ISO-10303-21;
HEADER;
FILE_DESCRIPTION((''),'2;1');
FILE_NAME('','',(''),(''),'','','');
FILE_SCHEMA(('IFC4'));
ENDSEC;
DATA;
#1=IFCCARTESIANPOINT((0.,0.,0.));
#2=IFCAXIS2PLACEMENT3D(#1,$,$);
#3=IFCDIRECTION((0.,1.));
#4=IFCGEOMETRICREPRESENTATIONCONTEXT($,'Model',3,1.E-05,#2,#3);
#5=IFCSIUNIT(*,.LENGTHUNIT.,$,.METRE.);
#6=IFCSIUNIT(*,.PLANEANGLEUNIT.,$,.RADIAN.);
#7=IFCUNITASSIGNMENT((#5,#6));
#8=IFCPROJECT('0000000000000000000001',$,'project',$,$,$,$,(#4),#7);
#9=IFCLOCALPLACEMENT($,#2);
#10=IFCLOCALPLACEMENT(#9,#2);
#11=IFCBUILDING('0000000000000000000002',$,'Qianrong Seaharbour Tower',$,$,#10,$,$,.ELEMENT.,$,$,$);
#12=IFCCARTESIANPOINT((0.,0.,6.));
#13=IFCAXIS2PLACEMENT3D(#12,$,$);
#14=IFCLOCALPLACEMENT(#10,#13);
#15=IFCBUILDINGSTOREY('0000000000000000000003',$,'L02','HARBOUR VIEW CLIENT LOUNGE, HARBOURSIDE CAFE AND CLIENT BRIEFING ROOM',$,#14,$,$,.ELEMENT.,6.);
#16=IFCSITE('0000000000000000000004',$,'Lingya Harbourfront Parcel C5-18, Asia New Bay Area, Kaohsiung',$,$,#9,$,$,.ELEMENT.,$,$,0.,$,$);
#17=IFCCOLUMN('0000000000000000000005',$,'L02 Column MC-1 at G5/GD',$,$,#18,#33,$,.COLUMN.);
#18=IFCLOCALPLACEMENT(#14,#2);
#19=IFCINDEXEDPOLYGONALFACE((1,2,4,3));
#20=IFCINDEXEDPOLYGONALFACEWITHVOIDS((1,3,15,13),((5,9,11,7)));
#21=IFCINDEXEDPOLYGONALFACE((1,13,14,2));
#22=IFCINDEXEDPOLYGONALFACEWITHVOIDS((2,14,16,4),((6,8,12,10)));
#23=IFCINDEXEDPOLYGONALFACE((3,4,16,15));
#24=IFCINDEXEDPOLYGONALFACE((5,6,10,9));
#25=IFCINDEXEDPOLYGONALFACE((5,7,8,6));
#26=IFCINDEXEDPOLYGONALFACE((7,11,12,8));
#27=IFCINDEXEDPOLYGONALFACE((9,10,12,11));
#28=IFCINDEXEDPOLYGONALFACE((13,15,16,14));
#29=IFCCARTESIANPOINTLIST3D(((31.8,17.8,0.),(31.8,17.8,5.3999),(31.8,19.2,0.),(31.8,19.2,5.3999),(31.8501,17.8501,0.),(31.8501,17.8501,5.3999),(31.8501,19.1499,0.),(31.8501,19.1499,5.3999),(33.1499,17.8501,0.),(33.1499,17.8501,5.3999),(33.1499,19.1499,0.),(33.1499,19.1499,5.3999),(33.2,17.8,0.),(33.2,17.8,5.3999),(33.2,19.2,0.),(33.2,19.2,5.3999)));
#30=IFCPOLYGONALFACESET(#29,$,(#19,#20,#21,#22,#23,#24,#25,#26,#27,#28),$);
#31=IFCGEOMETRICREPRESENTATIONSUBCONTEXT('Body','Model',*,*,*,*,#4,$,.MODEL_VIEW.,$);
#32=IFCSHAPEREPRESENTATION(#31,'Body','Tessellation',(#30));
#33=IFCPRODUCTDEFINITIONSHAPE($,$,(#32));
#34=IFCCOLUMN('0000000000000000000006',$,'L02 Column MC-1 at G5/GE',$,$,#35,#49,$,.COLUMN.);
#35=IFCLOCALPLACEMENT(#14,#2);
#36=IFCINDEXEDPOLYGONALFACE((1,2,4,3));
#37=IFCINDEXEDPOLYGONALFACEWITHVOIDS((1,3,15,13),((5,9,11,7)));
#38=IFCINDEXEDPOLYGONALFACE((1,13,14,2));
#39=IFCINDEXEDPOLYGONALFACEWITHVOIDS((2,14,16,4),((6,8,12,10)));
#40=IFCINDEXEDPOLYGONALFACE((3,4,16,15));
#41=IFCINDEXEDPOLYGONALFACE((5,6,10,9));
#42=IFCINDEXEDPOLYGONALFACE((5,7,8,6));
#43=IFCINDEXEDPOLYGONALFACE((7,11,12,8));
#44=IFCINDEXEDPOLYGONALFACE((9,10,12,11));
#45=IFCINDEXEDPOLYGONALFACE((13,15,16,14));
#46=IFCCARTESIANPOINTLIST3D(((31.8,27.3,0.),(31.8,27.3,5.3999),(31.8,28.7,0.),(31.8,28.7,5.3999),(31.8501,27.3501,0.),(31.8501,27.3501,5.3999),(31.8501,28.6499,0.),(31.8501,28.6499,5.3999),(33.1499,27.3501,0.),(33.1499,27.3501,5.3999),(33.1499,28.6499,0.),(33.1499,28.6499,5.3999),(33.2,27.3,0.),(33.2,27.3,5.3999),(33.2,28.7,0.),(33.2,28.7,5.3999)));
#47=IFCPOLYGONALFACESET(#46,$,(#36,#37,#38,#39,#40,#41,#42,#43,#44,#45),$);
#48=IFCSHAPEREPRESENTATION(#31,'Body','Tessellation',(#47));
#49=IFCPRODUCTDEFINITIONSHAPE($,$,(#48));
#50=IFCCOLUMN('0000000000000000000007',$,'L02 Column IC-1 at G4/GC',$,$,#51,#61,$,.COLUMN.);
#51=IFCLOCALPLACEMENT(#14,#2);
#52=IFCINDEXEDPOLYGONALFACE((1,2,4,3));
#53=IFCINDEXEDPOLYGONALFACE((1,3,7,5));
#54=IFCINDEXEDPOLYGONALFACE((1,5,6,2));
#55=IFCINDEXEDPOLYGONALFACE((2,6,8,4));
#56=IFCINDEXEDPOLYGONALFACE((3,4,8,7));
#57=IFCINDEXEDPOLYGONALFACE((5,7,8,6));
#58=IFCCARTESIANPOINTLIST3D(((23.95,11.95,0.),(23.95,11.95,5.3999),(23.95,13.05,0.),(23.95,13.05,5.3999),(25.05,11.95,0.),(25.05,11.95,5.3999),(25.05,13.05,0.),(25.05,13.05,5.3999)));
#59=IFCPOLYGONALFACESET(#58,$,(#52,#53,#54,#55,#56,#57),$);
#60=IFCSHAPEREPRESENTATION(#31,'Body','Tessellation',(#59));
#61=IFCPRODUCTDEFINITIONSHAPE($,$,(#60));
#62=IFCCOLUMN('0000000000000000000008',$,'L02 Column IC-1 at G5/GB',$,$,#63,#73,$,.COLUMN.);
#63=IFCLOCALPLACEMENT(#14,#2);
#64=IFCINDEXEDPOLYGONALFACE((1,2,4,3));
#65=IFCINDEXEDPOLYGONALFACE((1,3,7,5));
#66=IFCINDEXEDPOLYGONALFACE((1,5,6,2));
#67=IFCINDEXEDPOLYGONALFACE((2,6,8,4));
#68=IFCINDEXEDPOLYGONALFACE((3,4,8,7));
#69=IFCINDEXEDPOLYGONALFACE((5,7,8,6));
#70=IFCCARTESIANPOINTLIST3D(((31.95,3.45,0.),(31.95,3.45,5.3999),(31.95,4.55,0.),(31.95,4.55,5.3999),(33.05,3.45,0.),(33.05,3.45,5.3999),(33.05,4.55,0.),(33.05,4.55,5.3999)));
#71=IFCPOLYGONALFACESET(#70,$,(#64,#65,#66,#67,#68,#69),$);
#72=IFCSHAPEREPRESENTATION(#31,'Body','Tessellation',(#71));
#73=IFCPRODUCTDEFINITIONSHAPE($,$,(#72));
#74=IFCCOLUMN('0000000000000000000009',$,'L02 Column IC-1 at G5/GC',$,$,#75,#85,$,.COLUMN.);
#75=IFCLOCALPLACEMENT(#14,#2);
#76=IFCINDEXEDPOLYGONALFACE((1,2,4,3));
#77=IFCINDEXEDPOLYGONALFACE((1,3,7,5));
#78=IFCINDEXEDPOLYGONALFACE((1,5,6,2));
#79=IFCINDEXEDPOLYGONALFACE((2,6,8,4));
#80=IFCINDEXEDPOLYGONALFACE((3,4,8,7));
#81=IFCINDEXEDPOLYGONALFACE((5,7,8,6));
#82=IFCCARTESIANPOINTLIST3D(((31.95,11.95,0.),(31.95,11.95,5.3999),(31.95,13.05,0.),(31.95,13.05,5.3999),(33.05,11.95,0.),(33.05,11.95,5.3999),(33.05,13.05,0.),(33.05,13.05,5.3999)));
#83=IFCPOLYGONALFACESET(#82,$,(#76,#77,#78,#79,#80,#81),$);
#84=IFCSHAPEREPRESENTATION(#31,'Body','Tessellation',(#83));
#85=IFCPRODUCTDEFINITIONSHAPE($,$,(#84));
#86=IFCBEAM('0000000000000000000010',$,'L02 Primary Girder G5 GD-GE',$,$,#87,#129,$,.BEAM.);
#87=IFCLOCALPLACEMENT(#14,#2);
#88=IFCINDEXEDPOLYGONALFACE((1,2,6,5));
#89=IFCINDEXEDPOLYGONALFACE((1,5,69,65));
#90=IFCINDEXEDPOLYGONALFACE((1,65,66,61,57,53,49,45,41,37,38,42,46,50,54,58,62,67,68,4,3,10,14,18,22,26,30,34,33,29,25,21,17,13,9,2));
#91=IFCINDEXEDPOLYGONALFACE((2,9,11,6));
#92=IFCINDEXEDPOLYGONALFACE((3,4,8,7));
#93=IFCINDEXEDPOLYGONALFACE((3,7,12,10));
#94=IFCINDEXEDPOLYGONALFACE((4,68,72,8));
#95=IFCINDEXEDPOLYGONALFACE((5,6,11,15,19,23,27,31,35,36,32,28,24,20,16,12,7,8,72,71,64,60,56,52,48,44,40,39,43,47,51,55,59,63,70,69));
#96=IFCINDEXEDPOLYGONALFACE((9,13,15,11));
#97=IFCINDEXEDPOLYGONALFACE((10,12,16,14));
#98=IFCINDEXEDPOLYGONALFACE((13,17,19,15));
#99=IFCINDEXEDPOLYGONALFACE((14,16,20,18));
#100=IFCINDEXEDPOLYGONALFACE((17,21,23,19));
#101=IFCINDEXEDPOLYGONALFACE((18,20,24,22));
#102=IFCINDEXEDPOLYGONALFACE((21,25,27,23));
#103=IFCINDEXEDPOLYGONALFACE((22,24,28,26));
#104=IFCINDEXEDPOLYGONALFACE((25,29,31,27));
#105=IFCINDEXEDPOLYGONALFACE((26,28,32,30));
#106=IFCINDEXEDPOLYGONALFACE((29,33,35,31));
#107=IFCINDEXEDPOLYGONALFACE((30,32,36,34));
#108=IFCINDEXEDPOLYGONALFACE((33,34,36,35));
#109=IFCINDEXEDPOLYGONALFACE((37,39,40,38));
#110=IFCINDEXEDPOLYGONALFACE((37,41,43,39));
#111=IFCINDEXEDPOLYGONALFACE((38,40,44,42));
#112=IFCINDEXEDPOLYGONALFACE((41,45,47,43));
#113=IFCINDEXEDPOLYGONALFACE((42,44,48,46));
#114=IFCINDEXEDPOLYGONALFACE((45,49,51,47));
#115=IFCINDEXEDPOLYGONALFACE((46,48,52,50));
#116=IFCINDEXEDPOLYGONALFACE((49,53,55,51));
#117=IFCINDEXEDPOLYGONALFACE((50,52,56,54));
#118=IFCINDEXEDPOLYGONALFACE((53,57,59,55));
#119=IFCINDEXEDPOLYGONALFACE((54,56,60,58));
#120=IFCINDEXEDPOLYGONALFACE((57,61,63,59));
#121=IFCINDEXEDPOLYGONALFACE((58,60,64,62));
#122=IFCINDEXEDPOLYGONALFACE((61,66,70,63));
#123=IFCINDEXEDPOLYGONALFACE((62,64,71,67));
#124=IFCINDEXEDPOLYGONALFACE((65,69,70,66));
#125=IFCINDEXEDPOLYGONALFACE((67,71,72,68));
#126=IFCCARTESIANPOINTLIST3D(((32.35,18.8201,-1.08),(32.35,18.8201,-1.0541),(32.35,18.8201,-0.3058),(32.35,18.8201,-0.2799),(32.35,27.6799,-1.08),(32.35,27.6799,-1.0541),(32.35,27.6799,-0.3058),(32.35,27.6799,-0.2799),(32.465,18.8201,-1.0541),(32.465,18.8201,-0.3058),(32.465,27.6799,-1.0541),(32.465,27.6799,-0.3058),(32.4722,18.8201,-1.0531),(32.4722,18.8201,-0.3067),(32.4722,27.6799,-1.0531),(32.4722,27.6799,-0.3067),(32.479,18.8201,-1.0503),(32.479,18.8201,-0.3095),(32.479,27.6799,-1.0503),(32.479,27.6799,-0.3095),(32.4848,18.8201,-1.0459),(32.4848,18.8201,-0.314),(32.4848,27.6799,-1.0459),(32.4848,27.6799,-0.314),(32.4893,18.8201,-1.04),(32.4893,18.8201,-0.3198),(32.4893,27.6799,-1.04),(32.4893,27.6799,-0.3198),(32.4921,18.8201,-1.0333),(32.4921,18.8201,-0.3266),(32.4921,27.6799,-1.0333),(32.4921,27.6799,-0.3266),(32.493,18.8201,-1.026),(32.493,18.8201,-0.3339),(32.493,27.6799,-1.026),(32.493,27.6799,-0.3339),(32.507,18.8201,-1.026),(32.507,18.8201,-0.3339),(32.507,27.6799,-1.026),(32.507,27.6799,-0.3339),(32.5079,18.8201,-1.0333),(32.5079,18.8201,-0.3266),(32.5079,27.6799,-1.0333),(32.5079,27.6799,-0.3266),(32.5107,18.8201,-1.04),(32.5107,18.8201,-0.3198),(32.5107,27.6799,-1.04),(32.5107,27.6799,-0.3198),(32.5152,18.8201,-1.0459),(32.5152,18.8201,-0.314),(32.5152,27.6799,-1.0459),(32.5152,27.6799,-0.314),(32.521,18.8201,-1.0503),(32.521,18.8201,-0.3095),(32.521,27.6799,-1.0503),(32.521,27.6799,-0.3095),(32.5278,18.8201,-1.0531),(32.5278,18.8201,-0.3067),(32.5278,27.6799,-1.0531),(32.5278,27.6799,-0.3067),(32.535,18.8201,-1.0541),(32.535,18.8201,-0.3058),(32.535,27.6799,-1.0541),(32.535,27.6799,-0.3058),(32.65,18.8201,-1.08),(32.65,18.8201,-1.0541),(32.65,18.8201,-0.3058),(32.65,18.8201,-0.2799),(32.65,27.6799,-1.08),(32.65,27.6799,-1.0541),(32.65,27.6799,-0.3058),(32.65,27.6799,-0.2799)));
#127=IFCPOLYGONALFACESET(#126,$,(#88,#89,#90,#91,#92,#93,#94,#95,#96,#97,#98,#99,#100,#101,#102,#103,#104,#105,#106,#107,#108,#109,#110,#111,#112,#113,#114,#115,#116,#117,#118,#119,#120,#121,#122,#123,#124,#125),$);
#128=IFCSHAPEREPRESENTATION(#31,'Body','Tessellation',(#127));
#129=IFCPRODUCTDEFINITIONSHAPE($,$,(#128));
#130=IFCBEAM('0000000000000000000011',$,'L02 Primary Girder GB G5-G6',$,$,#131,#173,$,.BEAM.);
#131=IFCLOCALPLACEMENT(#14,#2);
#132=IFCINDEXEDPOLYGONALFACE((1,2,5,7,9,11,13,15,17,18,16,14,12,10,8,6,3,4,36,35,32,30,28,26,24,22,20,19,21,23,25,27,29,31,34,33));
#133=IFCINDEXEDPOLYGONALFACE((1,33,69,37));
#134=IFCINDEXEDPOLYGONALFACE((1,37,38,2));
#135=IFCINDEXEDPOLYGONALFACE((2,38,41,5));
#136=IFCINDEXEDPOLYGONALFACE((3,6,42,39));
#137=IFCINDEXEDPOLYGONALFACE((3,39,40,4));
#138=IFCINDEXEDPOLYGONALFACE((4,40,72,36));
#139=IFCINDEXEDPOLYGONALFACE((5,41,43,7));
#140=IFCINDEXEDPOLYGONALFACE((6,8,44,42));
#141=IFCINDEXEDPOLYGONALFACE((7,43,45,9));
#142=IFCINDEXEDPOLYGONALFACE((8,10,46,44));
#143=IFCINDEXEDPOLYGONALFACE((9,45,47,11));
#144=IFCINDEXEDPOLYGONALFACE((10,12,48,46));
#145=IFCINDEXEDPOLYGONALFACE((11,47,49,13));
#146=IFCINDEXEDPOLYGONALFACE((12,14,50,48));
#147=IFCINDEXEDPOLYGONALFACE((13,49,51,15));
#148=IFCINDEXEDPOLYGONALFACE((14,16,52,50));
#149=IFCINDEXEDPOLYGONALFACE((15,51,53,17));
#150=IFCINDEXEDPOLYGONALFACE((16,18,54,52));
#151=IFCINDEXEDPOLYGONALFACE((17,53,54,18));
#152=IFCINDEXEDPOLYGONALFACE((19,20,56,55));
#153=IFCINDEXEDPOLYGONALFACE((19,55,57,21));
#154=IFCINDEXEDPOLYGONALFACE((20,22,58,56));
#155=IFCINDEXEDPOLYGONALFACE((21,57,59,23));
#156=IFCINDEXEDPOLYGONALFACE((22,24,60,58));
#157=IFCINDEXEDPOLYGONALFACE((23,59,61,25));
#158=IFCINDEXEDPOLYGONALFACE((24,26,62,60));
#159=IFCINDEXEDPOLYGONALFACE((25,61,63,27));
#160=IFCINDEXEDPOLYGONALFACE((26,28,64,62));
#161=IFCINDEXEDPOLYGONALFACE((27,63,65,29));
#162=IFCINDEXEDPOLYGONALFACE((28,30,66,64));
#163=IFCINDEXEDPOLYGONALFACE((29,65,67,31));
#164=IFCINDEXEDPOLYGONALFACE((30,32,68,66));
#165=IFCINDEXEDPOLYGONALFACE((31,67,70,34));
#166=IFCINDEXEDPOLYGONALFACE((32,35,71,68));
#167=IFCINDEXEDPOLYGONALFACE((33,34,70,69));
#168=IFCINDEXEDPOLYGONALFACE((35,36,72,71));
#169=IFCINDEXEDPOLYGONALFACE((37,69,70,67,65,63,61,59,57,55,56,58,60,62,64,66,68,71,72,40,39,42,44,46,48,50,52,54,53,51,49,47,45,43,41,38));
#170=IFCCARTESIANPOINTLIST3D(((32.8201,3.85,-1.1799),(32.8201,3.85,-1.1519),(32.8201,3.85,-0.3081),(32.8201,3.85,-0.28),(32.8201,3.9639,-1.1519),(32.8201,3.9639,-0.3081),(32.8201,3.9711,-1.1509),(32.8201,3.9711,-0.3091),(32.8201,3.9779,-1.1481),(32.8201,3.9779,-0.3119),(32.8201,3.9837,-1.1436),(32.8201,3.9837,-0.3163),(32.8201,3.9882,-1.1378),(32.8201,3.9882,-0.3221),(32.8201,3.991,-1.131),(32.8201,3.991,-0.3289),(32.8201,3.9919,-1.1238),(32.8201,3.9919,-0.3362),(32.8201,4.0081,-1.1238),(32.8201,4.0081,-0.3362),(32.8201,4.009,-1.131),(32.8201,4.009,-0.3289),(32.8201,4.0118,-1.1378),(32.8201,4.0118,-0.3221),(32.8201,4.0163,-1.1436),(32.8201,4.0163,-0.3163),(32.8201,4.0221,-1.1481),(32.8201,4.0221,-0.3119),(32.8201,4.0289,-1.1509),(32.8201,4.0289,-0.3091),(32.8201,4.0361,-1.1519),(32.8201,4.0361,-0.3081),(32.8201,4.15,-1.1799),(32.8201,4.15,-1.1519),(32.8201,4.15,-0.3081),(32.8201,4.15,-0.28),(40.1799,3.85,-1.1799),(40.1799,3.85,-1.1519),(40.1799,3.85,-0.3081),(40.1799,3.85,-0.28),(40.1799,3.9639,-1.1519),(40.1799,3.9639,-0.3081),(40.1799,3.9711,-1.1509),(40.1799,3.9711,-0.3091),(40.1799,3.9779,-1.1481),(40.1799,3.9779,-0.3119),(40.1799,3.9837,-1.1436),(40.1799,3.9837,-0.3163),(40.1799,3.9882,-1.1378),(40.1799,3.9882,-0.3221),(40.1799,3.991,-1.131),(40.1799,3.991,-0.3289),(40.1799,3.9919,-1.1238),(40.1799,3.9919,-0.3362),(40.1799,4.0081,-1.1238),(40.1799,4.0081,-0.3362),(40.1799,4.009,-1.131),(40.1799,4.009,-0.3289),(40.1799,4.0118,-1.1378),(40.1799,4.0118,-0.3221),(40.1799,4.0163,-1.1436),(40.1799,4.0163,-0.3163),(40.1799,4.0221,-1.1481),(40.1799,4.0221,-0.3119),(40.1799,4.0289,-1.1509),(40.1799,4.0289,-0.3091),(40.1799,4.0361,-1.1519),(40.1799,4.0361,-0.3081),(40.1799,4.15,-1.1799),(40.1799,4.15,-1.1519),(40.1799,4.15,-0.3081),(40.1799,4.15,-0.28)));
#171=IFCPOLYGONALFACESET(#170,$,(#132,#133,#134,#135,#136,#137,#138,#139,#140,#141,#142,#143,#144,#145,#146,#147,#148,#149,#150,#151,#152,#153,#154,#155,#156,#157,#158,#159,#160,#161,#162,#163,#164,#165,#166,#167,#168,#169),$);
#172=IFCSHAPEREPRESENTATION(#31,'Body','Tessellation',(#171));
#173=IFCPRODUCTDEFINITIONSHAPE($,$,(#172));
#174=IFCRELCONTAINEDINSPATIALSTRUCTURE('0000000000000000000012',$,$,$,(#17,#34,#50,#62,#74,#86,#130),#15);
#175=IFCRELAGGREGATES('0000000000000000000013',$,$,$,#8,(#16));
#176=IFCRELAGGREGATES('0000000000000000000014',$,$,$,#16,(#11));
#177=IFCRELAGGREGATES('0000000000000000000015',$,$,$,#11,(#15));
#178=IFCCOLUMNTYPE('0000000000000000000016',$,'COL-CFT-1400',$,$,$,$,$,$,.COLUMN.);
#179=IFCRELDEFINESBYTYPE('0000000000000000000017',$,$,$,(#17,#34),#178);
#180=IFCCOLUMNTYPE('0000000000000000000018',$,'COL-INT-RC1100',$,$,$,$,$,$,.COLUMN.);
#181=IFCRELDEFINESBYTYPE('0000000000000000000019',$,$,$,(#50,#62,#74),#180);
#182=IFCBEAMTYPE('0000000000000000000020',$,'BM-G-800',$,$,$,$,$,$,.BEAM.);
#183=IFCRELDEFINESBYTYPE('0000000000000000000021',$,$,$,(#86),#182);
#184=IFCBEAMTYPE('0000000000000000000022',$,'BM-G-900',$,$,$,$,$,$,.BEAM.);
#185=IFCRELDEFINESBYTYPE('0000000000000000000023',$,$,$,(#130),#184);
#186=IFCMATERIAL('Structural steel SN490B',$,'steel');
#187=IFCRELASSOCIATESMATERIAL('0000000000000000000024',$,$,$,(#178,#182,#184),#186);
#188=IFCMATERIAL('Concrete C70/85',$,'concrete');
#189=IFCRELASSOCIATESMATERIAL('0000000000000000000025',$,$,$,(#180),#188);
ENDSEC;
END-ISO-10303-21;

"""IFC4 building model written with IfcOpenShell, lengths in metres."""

from ifc_helpers import new_model, si_unit, direction, frame, origin, origin_2d, place, context, subcontext, project, spatial, rectangle, hollow_rectangle, i_section, extrude, material, material_profile, profile_set, type_object, element, save


model = new_model("IFC4")

# Units and contexts
model_context = context("Model", 3, precision=1e-05, world=origin(), true_north=direction((0.0, 1.0)))
body_context = subcontext(model_context, "Body", "Model", "MODEL_VIEW")
ifc_project = project(units=[si_unit("LENGTHUNIT", "METRE"), si_unit("PLANEANGLEUNIT", "RADIAN")], contexts=[model_context])

# Site, building, storey
site_placement = place(None, origin())
site = spatial("IfcSite", under=ifc_project, at=site_placement, Name="Lingya Harbourfront Parcel C5-18, Asia New Bay Area, Kaohsiung", CompositionType="ELEMENT", RefElevation=0.0)
building_placement = place(site_placement, origin())
building = spatial("IfcBuilding", under=site, at=building_placement, Name="Qianrong Seaharbour Tower", CompositionType="ELEMENT")
storey_placement = place(building_placement, frame((0.0, 0.0, 6.0)))
storey = spatial("IfcBuildingStorey", under=building, at=storey_placement, Name="L02", Description="HARBOUR VIEW CLIENT LOUNGE, HARBOURSIDE CAFE AND CLIENT BRIEFING ROOM", CompositionType="ELEMENT", Elevation=6.0)

# Columns
ifc_material_1 = material(Name="Structural steel SN490B", Category="steel")
ifc_material_profile_1 = material_profile(ifc_material_1, hollow_rectangle(XDim=1.3999, YDim=1.3999, WallThickness=0.05, at=origin_2d()), Name="BOX1400x1400x50")
ifc_profile_set_1 = profile_set([ifc_material_profile_1], Name="Structural steel SN490B")
column_type_1 = type_object("IfcColumnType", Name="COL-CFT-1400", PredefinedType="COLUMN", material=ifc_profile_set_1)
for number, where, z_axis, x_axis, name in (
    (1, (32.5, 18.5, 0.0), (0.0, 0.0, 1.0), (1.0, 0.0, 0.0), "L02 Column MC-1 at G5/GD"),
    (2, (32.5, 28.0, 0.0), (0.0, 0.0, 1.0), (1.0, 0.0, 0.0), "L02 Column MC-1 at G5/GE"),
):
    element("IfcColumn", number, at=place(storey_placement, frame(where, z_axis=z_axis, x_axis=x_axis)), inside=storey, type_object=column_type_1, Name=name, PredefinedType="COLUMN", context=body_context, shape_type="SweptSolid", body=[
        extrude(hollow_rectangle(XDim=1.3999, YDim=1.3999, WallThickness=0.05, at=origin_2d()), origin(), (0.0, 0.0, 1.0), 5.3999),
    ])
ifc_material_2 = material(Name="Concrete C70/85", Category="concrete")
ifc_material_profile_2 = material_profile(ifc_material_2, rectangle(XDim=1.1001, YDim=1.1001, at=origin_2d()), Name="RC1100x1100")
ifc_profile_set_2 = profile_set([ifc_material_profile_2], Name="Concrete C70/85")
column_type_2 = type_object("IfcColumnType", Name="COL-INT-RC1100", PredefinedType="COLUMN", material=ifc_profile_set_2)
for number, where, z_axis, x_axis, name in (
    (3, (24.5, 12.5, 0.0), (0.0, 0.0, 1.0), (1.0, 0.0, 0.0), "L02 Column IC-1 at G4/GC"),
    (4, (32.5, 4.0, 0.0), (0.0, 0.0, 1.0), (1.0, 0.0, 0.0), "L02 Column IC-1 at G5/GB"),
    (5, (32.5, 12.5, 0.0), (0.0, 0.0, 1.0), (1.0, 0.0, 0.0), "L02 Column IC-1 at G5/GC"),
):
    element("IfcColumn", number, at=place(storey_placement, frame(where, z_axis=z_axis, x_axis=x_axis)), inside=storey, type_object=column_type_2, Name=name, PredefinedType="COLUMN", context=body_context, shape_type="SweptSolid", body=[
        extrude(rectangle(XDim=1.1001, YDim=1.1001, at=origin_2d()), origin(), (0.0, 0.0, 1.0), 5.3999),
    ])

# Beams
ifc_material_profile_3 = material_profile(ifc_material_1, i_section(OverallWidth=0.3, OverallDepth=0.8, WebThickness=0.0139, FlangeThickness=0.0259, FilletRadius=0.0281, at=origin_2d()), Name="H800x300x14x26")
ifc_profile_set_3 = profile_set([ifc_material_profile_3], Name="Structural steel SN490B")
beam_type_1 = type_object("IfcBeamType", Name="BM-G-800", PredefinedType="BEAM", material=ifc_profile_set_3)
beam_1_placement = place(storey_placement, frame((32.5, 18.8201, -0.6799), z_axis=(0.0, 1.0, 0.0), x_axis=(-1.0, 0.0, 0.0)))
element("IfcBeam", 6, at=beam_1_placement, inside=storey, type_object=beam_type_1, Name="L02 Primary Girder G5 GD-GE", PredefinedType="BEAM", context=body_context, shape_type="SweptSolid", body=[
    extrude(i_section(OverallWidth=0.3, OverallDepth=0.8, WebThickness=0.0139, FlangeThickness=0.0259, FilletRadius=0.0281, at=origin_2d()), origin(), (0.0, 0.0, 1.0), 8.8599),
])
ifc_material_profile_4 = material_profile(ifc_material_1, i_section(OverallWidth=0.3, OverallDepth=0.8999, WebThickness=0.0161, FlangeThickness=0.0281, FilletRadius=0.0281, at=origin_2d()), Name="H900x300x16x28")
ifc_profile_set_4 = profile_set([ifc_material_profile_4], Name="Structural steel SN490B")
beam_type_2 = type_object("IfcBeamType", Name="BM-G-900", PredefinedType="BEAM", material=ifc_profile_set_4)
for number, where, z_axis, x_axis, name in (
    (7, (32.8201, 4.0, -0.73), (1.0, 0.0, 0.0), (0.0, 1.0, 0.0), "L02 Primary Girder GB G5-G6"),
):
    element("IfcBeam", number, at=place(storey_placement, frame(where, z_axis=z_axis, x_axis=x_axis)), inside=storey, type_object=beam_type_2, Name=name, PredefinedType="BEAM", context=body_context, shape_type="SweptSolid", body=[
        extrude(i_section(OverallWidth=0.3, OverallDepth=0.8999, WebThickness=0.0161, FlangeThickness=0.0281, FilletRadius=0.0281, at=origin_2d()), origin(), (0.0, 0.0, 1.0), 7.3599),
    ])

save(model, "model.ifc")
